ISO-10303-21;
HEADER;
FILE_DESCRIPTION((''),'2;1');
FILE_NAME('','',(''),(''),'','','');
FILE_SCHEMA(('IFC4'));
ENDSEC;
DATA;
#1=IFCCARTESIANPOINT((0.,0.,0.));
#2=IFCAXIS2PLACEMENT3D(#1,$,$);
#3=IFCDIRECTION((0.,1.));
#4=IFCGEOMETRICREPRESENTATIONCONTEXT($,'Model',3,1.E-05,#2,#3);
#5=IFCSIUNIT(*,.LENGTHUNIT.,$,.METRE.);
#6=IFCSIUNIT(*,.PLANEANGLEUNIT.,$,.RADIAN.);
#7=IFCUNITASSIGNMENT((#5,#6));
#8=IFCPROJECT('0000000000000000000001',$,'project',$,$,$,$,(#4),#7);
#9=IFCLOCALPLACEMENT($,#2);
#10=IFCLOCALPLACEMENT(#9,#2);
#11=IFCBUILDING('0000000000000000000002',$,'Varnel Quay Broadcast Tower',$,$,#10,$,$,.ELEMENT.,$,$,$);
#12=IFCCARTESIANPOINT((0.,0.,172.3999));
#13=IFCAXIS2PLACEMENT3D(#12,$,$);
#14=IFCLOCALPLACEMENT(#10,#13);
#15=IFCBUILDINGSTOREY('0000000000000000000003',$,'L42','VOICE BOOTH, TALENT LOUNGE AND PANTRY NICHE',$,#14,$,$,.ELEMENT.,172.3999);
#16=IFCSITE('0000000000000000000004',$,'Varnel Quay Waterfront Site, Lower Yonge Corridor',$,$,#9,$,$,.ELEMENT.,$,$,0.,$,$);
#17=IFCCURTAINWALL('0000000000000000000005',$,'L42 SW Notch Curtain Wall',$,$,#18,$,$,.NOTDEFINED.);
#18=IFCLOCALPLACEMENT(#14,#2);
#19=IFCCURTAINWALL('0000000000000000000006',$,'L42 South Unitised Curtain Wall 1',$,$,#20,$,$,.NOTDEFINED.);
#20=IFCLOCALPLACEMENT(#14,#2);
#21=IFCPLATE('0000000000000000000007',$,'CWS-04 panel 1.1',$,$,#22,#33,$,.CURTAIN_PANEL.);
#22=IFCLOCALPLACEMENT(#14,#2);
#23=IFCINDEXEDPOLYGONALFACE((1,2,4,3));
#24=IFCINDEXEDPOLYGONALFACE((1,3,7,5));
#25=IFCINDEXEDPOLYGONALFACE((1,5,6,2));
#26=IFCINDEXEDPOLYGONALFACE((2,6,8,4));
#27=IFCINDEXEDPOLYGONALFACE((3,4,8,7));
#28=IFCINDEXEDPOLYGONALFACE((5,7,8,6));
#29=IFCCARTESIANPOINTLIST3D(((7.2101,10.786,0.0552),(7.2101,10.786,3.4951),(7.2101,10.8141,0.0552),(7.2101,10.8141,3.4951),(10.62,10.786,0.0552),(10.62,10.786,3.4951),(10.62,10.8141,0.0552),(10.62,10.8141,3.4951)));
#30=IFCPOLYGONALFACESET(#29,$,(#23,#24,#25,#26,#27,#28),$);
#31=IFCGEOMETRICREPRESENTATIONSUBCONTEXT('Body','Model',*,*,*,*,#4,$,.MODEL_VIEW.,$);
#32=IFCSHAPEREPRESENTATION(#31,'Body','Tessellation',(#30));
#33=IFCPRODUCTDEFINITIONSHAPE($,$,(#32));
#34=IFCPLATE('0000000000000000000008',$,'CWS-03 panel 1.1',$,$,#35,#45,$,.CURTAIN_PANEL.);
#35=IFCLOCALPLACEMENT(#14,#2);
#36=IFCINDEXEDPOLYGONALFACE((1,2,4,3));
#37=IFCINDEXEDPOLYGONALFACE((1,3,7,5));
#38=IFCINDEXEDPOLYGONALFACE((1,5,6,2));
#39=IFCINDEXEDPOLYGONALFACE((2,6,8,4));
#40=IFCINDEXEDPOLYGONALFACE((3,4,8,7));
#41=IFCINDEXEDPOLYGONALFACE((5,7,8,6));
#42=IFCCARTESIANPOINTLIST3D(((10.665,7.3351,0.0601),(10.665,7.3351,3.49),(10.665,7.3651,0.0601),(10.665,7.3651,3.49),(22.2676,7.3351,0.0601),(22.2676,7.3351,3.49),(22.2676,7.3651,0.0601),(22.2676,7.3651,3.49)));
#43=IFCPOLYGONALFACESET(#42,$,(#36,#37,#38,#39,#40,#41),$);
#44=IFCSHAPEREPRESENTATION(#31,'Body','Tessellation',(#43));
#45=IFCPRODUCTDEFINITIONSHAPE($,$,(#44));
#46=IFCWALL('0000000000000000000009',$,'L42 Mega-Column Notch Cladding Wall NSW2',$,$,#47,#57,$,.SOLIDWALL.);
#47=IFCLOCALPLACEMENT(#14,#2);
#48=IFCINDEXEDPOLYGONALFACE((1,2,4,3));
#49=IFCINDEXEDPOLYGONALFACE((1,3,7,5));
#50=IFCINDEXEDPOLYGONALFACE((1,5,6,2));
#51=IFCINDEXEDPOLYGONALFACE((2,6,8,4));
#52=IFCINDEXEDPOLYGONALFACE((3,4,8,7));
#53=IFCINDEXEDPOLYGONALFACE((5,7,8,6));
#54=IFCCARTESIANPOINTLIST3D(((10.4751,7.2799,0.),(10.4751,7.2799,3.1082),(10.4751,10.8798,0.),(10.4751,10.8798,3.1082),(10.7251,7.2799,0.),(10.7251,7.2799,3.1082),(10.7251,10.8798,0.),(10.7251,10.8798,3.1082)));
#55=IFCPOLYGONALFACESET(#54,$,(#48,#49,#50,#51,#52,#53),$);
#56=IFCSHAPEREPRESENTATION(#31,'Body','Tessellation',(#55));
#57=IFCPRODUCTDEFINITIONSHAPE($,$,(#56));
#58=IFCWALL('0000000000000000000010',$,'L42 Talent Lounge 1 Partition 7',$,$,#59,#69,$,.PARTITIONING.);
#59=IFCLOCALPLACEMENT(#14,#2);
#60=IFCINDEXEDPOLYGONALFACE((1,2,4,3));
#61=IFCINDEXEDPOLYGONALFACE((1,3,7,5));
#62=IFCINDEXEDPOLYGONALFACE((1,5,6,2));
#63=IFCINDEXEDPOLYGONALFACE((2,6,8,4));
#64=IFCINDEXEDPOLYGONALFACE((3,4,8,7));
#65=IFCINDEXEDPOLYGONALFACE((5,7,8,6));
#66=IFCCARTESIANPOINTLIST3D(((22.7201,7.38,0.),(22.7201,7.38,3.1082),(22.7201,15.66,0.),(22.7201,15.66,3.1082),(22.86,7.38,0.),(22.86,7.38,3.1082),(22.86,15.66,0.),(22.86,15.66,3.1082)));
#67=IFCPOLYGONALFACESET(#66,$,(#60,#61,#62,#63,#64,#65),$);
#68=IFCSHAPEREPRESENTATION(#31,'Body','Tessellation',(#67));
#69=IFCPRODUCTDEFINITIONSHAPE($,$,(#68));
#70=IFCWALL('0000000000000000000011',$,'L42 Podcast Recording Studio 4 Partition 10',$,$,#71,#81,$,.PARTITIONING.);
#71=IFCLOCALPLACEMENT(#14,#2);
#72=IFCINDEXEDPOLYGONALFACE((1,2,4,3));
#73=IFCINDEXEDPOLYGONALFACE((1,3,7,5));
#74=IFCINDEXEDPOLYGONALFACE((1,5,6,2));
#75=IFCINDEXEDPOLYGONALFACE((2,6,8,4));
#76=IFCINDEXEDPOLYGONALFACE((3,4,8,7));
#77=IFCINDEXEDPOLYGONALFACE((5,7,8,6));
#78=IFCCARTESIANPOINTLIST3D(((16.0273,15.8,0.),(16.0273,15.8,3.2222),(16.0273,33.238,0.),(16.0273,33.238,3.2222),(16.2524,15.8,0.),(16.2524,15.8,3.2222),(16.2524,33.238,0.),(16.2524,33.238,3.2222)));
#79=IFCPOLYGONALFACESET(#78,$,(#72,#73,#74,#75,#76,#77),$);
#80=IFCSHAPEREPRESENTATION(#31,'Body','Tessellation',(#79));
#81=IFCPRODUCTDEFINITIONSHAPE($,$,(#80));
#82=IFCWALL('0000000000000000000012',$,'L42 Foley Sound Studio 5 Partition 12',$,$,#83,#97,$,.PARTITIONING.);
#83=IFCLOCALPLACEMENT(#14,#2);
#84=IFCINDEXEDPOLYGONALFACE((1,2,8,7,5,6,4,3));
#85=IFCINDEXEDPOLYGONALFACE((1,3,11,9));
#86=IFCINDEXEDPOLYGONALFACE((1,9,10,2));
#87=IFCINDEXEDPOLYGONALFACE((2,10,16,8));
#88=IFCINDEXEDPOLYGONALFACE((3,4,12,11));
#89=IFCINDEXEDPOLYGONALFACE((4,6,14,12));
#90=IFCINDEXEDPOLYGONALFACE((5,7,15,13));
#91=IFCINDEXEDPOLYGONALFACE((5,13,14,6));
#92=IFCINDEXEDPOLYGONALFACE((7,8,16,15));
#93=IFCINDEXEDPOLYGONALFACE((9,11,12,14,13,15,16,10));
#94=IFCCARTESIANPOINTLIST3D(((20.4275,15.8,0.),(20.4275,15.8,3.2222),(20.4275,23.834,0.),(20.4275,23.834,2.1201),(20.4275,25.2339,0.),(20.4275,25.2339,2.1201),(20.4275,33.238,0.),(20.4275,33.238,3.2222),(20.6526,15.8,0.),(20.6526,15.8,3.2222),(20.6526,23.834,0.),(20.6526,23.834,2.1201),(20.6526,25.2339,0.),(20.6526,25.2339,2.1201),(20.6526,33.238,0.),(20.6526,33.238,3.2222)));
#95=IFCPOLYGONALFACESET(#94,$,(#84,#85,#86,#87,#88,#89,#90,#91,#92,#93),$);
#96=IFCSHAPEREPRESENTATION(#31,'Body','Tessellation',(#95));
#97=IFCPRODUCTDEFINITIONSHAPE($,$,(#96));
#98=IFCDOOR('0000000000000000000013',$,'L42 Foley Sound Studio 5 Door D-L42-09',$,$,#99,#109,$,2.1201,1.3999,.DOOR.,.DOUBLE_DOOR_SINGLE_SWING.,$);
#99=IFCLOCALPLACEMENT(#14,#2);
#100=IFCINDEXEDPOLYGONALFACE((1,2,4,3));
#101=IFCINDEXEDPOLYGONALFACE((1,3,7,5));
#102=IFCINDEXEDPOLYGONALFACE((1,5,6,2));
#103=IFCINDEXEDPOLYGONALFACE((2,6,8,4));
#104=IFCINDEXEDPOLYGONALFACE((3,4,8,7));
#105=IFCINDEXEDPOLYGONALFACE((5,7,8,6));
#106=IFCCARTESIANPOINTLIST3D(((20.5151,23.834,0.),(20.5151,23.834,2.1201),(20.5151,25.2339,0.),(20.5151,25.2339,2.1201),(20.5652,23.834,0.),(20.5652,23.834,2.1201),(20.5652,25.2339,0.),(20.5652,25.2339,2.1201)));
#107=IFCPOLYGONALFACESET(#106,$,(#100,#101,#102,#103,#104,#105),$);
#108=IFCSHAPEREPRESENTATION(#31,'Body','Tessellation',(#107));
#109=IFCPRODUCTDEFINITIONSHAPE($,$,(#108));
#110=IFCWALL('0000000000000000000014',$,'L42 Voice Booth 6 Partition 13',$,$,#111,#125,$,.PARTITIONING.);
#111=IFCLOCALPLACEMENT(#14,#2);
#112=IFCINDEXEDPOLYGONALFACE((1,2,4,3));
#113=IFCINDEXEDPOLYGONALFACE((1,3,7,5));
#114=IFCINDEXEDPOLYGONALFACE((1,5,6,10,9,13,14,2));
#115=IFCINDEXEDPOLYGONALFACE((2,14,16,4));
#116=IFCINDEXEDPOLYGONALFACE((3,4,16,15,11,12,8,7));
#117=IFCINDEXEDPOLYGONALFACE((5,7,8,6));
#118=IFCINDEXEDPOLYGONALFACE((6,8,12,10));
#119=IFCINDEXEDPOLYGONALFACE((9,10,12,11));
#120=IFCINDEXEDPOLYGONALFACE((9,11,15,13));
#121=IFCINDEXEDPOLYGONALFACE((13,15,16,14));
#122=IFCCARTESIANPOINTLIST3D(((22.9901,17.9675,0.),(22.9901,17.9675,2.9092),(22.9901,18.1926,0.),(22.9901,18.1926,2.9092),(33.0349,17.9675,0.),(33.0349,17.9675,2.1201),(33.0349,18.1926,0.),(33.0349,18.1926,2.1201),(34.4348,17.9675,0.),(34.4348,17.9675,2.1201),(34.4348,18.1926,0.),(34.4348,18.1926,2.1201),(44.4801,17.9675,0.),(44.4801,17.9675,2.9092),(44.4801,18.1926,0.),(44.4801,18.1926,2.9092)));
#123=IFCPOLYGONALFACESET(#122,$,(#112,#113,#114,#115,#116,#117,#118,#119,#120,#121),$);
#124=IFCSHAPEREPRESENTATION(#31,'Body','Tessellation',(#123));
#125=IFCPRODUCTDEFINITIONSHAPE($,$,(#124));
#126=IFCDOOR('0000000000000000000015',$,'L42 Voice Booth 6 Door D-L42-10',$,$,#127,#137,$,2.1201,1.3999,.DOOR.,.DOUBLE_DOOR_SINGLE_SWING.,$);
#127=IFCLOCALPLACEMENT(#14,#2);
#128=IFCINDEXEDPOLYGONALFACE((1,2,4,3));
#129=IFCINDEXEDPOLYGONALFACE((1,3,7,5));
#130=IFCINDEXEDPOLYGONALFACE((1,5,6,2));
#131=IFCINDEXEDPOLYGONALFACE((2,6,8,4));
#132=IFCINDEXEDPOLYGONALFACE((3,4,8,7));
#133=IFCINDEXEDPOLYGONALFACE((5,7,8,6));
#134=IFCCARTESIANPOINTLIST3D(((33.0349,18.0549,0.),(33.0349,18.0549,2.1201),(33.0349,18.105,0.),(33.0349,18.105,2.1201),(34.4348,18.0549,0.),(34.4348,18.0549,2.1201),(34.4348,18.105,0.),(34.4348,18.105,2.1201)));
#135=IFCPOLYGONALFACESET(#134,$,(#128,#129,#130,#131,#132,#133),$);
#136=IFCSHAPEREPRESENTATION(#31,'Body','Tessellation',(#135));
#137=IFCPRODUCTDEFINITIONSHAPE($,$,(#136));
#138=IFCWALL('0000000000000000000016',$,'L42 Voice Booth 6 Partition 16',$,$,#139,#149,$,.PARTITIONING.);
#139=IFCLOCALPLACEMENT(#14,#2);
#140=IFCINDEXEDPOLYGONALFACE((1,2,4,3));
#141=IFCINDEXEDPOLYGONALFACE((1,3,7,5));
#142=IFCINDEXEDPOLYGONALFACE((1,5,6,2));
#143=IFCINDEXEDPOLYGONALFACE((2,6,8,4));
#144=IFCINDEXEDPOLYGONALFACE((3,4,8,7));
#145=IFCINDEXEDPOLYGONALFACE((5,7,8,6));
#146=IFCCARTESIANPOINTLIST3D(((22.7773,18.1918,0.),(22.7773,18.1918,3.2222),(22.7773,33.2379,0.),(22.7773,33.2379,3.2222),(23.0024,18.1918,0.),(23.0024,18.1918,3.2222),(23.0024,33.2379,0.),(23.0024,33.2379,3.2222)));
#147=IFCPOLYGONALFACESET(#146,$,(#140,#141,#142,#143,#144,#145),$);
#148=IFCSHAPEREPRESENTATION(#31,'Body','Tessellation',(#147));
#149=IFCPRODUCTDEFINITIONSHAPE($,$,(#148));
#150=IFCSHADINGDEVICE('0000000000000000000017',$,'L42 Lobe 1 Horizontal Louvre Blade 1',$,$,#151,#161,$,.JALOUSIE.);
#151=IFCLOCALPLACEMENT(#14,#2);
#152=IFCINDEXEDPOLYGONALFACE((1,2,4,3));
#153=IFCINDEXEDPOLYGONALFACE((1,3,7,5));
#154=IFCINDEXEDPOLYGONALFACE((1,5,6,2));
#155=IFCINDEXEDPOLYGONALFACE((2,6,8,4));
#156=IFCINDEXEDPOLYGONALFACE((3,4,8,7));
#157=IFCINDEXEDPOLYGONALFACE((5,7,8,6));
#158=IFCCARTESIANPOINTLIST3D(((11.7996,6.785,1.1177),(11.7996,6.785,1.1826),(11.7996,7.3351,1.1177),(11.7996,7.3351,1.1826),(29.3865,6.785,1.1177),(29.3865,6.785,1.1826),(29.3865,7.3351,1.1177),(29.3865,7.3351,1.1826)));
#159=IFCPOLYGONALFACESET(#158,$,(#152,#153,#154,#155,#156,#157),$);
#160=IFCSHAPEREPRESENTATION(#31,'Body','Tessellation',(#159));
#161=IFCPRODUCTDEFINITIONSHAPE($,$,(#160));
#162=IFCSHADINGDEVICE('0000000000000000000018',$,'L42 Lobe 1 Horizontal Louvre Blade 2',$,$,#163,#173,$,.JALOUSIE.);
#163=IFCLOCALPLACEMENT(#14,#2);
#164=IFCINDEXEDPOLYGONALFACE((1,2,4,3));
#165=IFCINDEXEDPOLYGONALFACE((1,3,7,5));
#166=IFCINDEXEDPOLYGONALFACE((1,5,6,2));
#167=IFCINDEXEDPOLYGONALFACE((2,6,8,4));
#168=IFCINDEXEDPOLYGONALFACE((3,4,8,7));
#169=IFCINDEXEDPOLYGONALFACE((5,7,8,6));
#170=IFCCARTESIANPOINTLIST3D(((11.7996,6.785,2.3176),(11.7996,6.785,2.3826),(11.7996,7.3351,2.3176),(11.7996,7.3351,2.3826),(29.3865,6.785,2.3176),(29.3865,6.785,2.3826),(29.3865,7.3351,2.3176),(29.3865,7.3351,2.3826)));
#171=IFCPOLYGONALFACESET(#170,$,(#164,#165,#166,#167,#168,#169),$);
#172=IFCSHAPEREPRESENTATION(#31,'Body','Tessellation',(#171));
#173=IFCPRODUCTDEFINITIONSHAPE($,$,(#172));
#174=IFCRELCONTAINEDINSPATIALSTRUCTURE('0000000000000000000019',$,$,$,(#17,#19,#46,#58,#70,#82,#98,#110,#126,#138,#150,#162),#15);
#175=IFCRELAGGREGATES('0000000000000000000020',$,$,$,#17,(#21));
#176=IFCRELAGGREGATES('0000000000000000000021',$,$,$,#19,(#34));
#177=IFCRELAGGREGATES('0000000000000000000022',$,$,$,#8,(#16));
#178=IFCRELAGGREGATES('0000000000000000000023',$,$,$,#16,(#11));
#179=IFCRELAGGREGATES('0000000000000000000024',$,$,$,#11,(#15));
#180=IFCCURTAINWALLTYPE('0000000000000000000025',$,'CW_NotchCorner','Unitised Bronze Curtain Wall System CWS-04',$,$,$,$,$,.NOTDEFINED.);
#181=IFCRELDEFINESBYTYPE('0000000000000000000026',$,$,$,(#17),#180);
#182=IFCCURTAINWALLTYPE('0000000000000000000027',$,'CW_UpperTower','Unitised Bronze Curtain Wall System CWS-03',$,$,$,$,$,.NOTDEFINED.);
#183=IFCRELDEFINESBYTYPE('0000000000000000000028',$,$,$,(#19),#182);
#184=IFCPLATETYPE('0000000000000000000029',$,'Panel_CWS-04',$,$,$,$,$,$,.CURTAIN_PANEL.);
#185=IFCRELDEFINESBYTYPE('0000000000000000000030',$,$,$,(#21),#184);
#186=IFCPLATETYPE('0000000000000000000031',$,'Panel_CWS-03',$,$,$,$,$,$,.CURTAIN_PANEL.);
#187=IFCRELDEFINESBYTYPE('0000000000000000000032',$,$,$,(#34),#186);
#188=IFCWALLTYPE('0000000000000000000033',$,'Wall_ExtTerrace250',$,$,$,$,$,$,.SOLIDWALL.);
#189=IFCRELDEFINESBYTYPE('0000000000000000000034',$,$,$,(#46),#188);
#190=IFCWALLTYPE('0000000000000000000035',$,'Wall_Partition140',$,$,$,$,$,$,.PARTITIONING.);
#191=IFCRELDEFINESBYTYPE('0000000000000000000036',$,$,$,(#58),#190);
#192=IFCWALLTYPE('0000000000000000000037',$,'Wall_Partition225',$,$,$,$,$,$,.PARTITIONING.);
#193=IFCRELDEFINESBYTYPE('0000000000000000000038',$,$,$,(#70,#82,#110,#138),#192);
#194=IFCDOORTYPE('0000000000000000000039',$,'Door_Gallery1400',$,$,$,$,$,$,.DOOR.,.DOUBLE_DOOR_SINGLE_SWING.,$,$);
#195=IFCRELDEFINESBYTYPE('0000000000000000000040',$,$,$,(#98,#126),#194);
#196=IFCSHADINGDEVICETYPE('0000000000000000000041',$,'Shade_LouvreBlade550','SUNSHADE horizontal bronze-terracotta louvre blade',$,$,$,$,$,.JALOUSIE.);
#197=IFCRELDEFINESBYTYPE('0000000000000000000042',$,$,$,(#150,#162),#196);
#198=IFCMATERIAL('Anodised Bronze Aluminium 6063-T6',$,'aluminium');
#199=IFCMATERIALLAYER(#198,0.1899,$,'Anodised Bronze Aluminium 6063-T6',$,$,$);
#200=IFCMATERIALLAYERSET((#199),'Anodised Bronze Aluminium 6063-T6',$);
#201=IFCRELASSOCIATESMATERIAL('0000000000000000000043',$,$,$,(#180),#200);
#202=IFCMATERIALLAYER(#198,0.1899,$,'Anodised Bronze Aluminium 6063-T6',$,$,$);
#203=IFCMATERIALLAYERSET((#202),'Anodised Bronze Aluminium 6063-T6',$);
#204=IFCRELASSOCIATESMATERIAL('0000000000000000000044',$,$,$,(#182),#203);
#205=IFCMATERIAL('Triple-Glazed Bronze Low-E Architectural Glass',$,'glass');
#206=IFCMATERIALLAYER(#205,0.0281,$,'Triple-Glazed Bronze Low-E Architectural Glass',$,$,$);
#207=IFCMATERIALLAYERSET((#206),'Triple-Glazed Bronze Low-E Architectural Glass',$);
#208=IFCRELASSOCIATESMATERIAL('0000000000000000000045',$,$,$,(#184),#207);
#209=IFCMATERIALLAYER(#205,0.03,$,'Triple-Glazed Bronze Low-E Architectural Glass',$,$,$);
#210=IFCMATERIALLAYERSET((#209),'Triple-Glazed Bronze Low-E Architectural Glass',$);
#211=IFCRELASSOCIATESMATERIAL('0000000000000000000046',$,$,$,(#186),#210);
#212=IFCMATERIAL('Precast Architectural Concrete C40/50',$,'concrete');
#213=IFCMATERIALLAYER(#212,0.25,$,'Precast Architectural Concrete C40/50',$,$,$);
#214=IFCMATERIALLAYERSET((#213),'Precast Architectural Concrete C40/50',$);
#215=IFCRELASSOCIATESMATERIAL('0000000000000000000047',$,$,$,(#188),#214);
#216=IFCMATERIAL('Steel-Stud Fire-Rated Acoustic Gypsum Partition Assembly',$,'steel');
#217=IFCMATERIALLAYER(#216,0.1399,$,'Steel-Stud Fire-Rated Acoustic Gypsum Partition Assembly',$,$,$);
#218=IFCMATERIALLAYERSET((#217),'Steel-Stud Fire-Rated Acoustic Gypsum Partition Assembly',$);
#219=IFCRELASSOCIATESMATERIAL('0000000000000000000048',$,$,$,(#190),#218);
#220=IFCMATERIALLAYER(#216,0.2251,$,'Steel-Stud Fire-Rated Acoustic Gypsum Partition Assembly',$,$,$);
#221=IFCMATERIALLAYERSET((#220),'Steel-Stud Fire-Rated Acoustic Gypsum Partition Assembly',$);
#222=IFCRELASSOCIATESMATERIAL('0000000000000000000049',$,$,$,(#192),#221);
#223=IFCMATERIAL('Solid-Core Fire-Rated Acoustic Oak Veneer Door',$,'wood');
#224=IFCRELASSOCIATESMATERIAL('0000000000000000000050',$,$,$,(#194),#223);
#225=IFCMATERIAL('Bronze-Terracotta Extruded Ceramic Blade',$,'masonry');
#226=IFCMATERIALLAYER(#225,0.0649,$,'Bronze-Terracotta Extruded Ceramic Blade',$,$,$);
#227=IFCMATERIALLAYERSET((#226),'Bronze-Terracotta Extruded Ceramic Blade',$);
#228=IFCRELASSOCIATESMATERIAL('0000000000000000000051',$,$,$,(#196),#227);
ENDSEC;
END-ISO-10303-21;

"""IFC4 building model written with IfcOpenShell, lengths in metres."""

from ifc_helpers import new_model, si_unit, direction, frame, frame_2d, origin, origin_2d, place, context, subcontext, project, spatial, rectangle, extrude, source, transform, mapped, material, layer, layer_set, type_object, type_shapes, element, fill, aggregate, save


model = new_model("IFC4")

# Units and contexts
model_context = context("Model", 3, precision=1e-05, world=origin(), true_north=direction((0.0, 1.0)))
body_context = subcontext(model_context, "Body", "Model", "MODEL_VIEW")
ifc_project = project(units=[si_unit("LENGTHUNIT", "METRE"), si_unit("PLANEANGLEUNIT", "RADIAN")], contexts=[model_context])

# Site, building, storey
site_placement = place(None, origin())
site = spatial("IfcSite", under=ifc_project, at=site_placement, Name="Varnel Quay Waterfront Site, Lower Yonge Corridor", CompositionType="ELEMENT", RefElevation=0.0)
building_placement = place(site_placement, origin())
building = spatial("IfcBuilding", under=site, at=building_placement, Name="Varnel Quay Broadcast Tower", CompositionType="ELEMENT")
storey_placement = place(building_placement, frame((0.0, 0.0, 172.3999)))
storey = spatial("IfcBuildingStorey", under=building, at=storey_placement, Name="L42", Description="VOICE BOOTH, TALENT LOUNGE AND PANTRY NICHE", CompositionType="ELEMENT", Elevation=172.3999)

# Curtain wall
ifc_material_1 = material(Name="Anodised Bronze Aluminium 6063-T6", Category="aluminium")
ifc_layer_1 = layer(ifc_material_1, 0.1899, Name="Anodised Bronze Aluminium 6063-T6")
ifc_layer_set_1 = layer_set([ifc_layer_1], Name="Anodised Bronze Aluminium 6063-T6")
curtain_wall_type_1 = type_object("IfcCurtainWallType", Name="CW_NotchCorner", Description="Unitised Bronze Curtain Wall System CWS-04", PredefinedType="NOTDEFINED", material=ifc_layer_set_1)
curtain_wall_1_placement = place(storey_placement, origin())
curtain_wall_1 = element("IfcCurtainWall", 1, at=curtain_wall_1_placement, inside=storey, type_object=curtain_wall_type_1, Name="L42 SW Notch Curtain Wall", PredefinedType="NOTDEFINED")

# Curtain wall
ifc_layer_2 = layer(ifc_material_1, 0.1899, Name="Anodised Bronze Aluminium 6063-T6")
ifc_layer_set_2 = layer_set([ifc_layer_2], Name="Anodised Bronze Aluminium 6063-T6")
curtain_wall_type_2 = type_object("IfcCurtainWallType", Name="CW_UpperTower", Description="Unitised Bronze Curtain Wall System CWS-03", PredefinedType="NOTDEFINED", material=ifc_layer_set_2)
curtain_wall_2_placement = place(storey_placement, origin())
curtain_wall_2 = element("IfcCurtainWall", 2, at=curtain_wall_2_placement, inside=storey, type_object=curtain_wall_type_2, Name="L42 South Unitised Curtain Wall 1", PredefinedType="NOTDEFINED")

# Plates
ifc_material_2 = material(Name="Triple-Glazed Bronze Low-E Architectural Glass", Category="glass")
ifc_layer_3 = layer(ifc_material_2, 0.0281, Name="Triple-Glazed Bronze Low-E Architectural Glass")
ifc_layer_set_3 = layer_set([ifc_layer_3], Name="Triple-Glazed Bronze Low-E Architectural Glass")
plate_type_1 = type_object("IfcPlateType", Name="Panel_CWS-04", PredefinedType="CURTAIN_PANEL", material=ifc_layer_set_3)
shared_shape_1 = source(origin(), body_context, "Body", "SweptSolid", [
    extrude(rectangle(XDim=3.4099, YDim=0.0281, at=origin_2d()), origin(), (0.0, 0.0, 1.0), 3.4399),
])
type_shapes(plate_type_1, [shared_shape_1])
plate_1_placement = place(storey_placement, frame((8.915, 10.8, 0.0552), z_axis=(0.0, 0.0, 1.0), x_axis=(1.0, 0.0, 0.0)))
plate_1 = element("IfcPlate", 3, at=plate_1_placement, type_object=plate_type_1, Name="CWS-04 panel 1.1", PredefinedType="CURTAIN_PANEL", context=body_context, shape_type="MappedRepresentation", body=[
    mapped(shared_shape_1, transform((0.0, 0.0, 0.0), x_axis=(1.0, 0.0, 0.0), y_axis=(0.0, 1.0, 0.0), z_axis=(0.0, 0.0, 1.0), scale=1.0)),
])
aggregate(curtain_wall_1, [plate_1])
ifc_layer_4 = layer(ifc_material_2, 0.03, Name="Triple-Glazed Bronze Low-E Architectural Glass")
ifc_layer_set_4 = layer_set([ifc_layer_4], Name="Triple-Glazed Bronze Low-E Architectural Glass")
plate_type_2 = type_object("IfcPlateType", Name="Panel_CWS-03", PredefinedType="CURTAIN_PANEL", material=ifc_layer_set_4)
shared_shape_2 = source(origin(), body_context, "Body", "SweptSolid", [
    extrude(rectangle(XDim=11.6025, YDim=0.03, at=origin_2d()), origin(), (0.0, 0.0, 1.0), 3.4299),
])
type_shapes(plate_type_2, [shared_shape_2])
plate_2_placement = place(storey_placement, frame((16.4663, 7.3501, 0.0601), z_axis=(0.0, 0.0, 1.0), x_axis=(1.0, 0.0, 0.0)))
plate_2 = element("IfcPlate", 4, at=plate_2_placement, type_object=plate_type_2, Name="CWS-03 panel 1.1", PredefinedType="CURTAIN_PANEL", context=body_context, shape_type="MappedRepresentation", body=[
    mapped(shared_shape_2, transform((0.0, 0.0, 0.0), x_axis=(1.0, 0.0, 0.0), y_axis=(0.0, 1.0, 0.0), z_axis=(0.0, 0.0, 1.0), scale=1.0)),
])
aggregate(curtain_wall_2, [plate_2])

# Walls
ifc_material_3 = material(Name="Precast Architectural Concrete C40/50", Category="concrete")
ifc_layer_5 = layer(ifc_material_3, 0.25, Name="Precast Architectural Concrete C40/50")
ifc_layer_set_5 = layer_set([ifc_layer_5], Name="Precast Architectural Concrete C40/50")
wall_type_1 = type_object("IfcWallType", Name="Wall_ExtTerrace250", PredefinedType="SOLIDWALL", material=ifc_layer_set_5)
wall_1_placement = place(storey_placement, frame((10.6001, 7.28, 0.0), z_axis=(0.0, 0.0, 1.0), x_axis=(0.0, 1.0, 0.0)))
element("IfcWall", 5, at=wall_1_placement, inside=storey, type_object=wall_type_1, Name="L42 Mega-Column Notch Cladding Wall NSW2", PredefinedType="SOLIDWALL", context=body_context, shape_type="SweptSolid", body=[
    extrude(rectangle(XDim=3.5999, YDim=0.25, at=frame_2d((1.7998, 0.0))), origin(), (0.0, 0.0, 1.0), 3.1082),
])
ifc_material_4 = material(Name="Steel-Stud Fire-Rated Acoustic Gypsum Partition Assembly", Category="steel")
ifc_layer_6 = layer(ifc_material_4, 0.1399, Name="Steel-Stud Fire-Rated Acoustic Gypsum Partition Assembly")
ifc_layer_set_6 = layer_set([ifc_layer_6], Name="Steel-Stud Fire-Rated Acoustic Gypsum Partition Assembly")
wall_type_2 = type_object("IfcWallType", Name="Wall_Partition140", PredefinedType="PARTITIONING", material=ifc_layer_set_6)
wall_2_placement = place(storey_placement, frame((22.79, 7.3799, 0.0), z_axis=(0.0, 0.0, 1.0), x_axis=(0.0, 1.0, 0.0)))
element("IfcWall", 6, at=wall_2_placement, inside=storey, type_object=wall_type_2, Name="L42 Talent Lounge 1 Partition 7", PredefinedType="PARTITIONING", context=body_context, shape_type="SweptSolid", body=[
    extrude(rectangle(XDim=8.28, YDim=0.1399, at=frame_2d((4.1401, 0.0))), origin(), (0.0, 0.0, 1.0), 3.1082),
])
ifc_layer_7 = layer(ifc_material_4, 0.2251, Name="Steel-Stud Fire-Rated Acoustic Gypsum Partition Assembly")
ifc_layer_set_7 = layer_set([ifc_layer_7], Name="Steel-Stud Fire-Rated Acoustic Gypsum Partition Assembly")
wall_type_3 = type_object("IfcWallType", Name="Wall_Partition225", PredefinedType="PARTITIONING", material=ifc_layer_set_7)
wall_3_placement = place(storey_placement, frame((16.1399, 15.8, 0.0), z_axis=(0.0, 0.0, 1.0), x_axis=(0.0, 1.0, 0.0)))
element("IfcWall", 7, at=wall_3_placement, inside=storey, type_object=wall_type_3, Name="L42 Podcast Recording Studio 4 Partition 10", PredefinedType="PARTITIONING", context=body_context, shape_type="SweptSolid", body=[
    extrude(rectangle(XDim=17.438, YDim=0.2251, at=frame_2d((8.719, 0.0))), origin(), (0.0, 0.0, 1.0), 3.2222),
])

# Walls, openings, doors
wall_4_placement = place(storey_placement, frame((20.54, 15.8, 0.0), z_axis=(0.0, 0.0, 1.0), x_axis=(0.0, 1.0, 0.0)))
wall_4 = element("IfcWall", 8, at=wall_4_placement, inside=storey, type_object=wall_type_3, Name="L42 Foley Sound Studio 5 Partition 12", PredefinedType="PARTITIONING", context=body_context, shape_type="SweptSolid", body=[
    extrude(rectangle(XDim=17.438, YDim=0.2251, at=frame_2d((8.719, 0.0))), origin(), (0.0, 0.0, 1.0), 3.2222),
])
opening_1_placement = place(wall_4_placement, frame((8.0339, 0.0, 0.0)))
opening_1 = element("IfcOpeningElement", 9, at=opening_1_placement, cuts=wall_4, PredefinedType="OPENING", context=body_context, shape_type="SweptSolid", body=[
    extrude(rectangle(XDim=1.3999, YDim=2.1201, at=frame_2d((0.7, 1.0601))), frame((0.0, 0.1226, 0.0), z_axis=(0.0, -1.0, 0.0), x_axis=(1.0, 0.0, 0.0)), (0.0, 0.0, 1.0), 0.2451),
])
ifc_material_5 = material(Name="Solid-Core Fire-Rated Acoustic Oak Veneer Door", Category="wood")
door_type = type_object("IfcDoorType", Name="Door_Gallery1400", OperationType="DOUBLE_DOOR_SINGLE_SWING", PredefinedType="DOOR", material=ifc_material_5)
shared_shape_3 = source(origin(), body_context, "Body", "SweptSolid", [
    extrude(rectangle(XDim=1.3999, YDim=2.1201, at=frame_2d((0.7, 1.0601))), frame((0.0, 0.0249, 0.0), z_axis=(0.0, -1.0, 0.0), x_axis=(1.0, 0.0, 0.0)), (0.0, 0.0, 1.0), 0.05),
])
type_shapes(door_type, [shared_shape_3])
door_1_placement = place(opening_1_placement, origin())
door_1 = element("IfcDoor", 10, at=door_1_placement, inside=storey, type_object=door_type, Name="L42 Foley Sound Studio 5 Door D-L42-09", OperationType="DOUBLE_DOOR_SINGLE_SWING", OverallHeight=2.1201, OverallWidth=1.3999, PredefinedType="DOOR", context=body_context, shape_type="MappedRepresentation", body=[
    mapped(shared_shape_3, transform((0.0, 0.0, 0.0), x_axis=(1.0, 0.0, 0.0), y_axis=(0.0, 1.0, 0.0), z_axis=(0.0, 0.0, 1.0), scale=1.0)),
])
fill(opening_1, door_1)
wall_5_placement = place(storey_placement, frame((22.99, 18.0801, 0.0), z_axis=(0.0, 0.0, 1.0), x_axis=(1.0, 0.0, 0.0)))
wall_5 = element("IfcWall", 11, at=wall_5_placement, inside=storey, type_object=wall_type_3, Name="L42 Voice Booth 6 Partition 13", PredefinedType="PARTITIONING", context=body_context, shape_type="SweptSolid", body=[
    extrude(rectangle(XDim=21.49, YDim=0.2251, at=frame_2d((10.7451, 0.0))), origin(), (0.0, 0.0, 1.0), 2.9092),
])
opening_2_placement = place(wall_5_placement, frame((10.0449, 0.0, 0.0)))
opening_2 = element("IfcOpeningElement", 12, at=opening_2_placement, cuts=wall_5, PredefinedType="OPENING", context=body_context, shape_type="SweptSolid", body=[
    extrude(rectangle(XDim=1.3999, YDim=2.1201, at=frame_2d((0.7, 1.0601))), frame((0.0, 0.1226, 0.0), z_axis=(0.0, -1.0, 0.0), x_axis=(1.0, 0.0, 0.0)), (0.0, 0.0, 1.0), 0.2451),
])
door_2_placement = place(opening_2_placement, origin())
door_2 = element("IfcDoor", 13, at=door_2_placement, inside=storey, type_object=door_type, Name="L42 Voice Booth 6 Door D-L42-10", OperationType="DOUBLE_DOOR_SINGLE_SWING", OverallHeight=2.1201, OverallWidth=1.3999, PredefinedType="DOOR", context=body_context, shape_type="MappedRepresentation", body=[
    mapped(shared_shape_3, transform((0.0, 0.0, 0.0), x_axis=(1.0, 0.0, 0.0), y_axis=(0.0, 1.0, 0.0), z_axis=(0.0, 0.0, 1.0), scale=1.0)),
])
fill(opening_2, door_2)

# Wall
wall_6_placement = place(storey_placement, frame((22.8899, 18.1919, 0.0), z_axis=(0.0, 0.0, 1.0), x_axis=(0.0, 1.0, 0.0)))
element("IfcWall", 14, at=wall_6_placement, inside=storey, type_object=wall_type_3, Name="L42 Voice Booth 6 Partition 16", PredefinedType="PARTITIONING", context=body_context, shape_type="SweptSolid", body=[
    extrude(rectangle(XDim=15.0461, YDim=0.2251, at=frame_2d((7.5229, 0.0))), origin(), (0.0, 0.0, 1.0), 3.2222),
])

# Shading devices
ifc_material_6 = material(Name="Bronze-Terracotta Extruded Ceramic Blade", Category="masonry")
ifc_layer_8 = layer(ifc_material_6, 0.0649, Name="Bronze-Terracotta Extruded Ceramic Blade")
ifc_layer_set_8 = layer_set([ifc_layer_8], Name="Bronze-Terracotta Extruded Ceramic Blade")
shading_device_type = type_object("IfcShadingDeviceType", Name="Shade_LouvreBlade550", Description="SUNSHADE horizontal bronze-terracotta louvre blade", PredefinedType="JALOUSIE", material=ifc_layer_set_8)
shared_shape_4 = source(origin(), body_context, "Body", "SweptSolid", [
    extrude(rectangle(XDim=17.5869, YDim=0.55, at=origin_2d()), origin(), (0.0, 0.0, 1.0), 0.0649),
])
type_shapes(shading_device_type, [shared_shape_4])
for number, where, z_axis, x_axis, name in (
    (15, (20.593, 7.0601, 1.1177), (0.0, 0.0, 1.0), (1.0, 0.0, 0.0), "L42 Lobe 1 Horizontal Louvre Blade 1"),
    (16, (20.593, 7.0601, 2.3176), (0.0, 0.0, 1.0), (1.0, 0.0, 0.0), "L42 Lobe 1 Horizontal Louvre Blade 2"),
):
    element("IfcShadingDevice", number, at=place(storey_placement, frame(where, z_axis=z_axis, x_axis=x_axis)), inside=storey, type_object=shading_device_type, Name=name, PredefinedType="JALOUSIE", context=body_context, shape_type="MappedRepresentation", body=[
        mapped(shared_shape_4, transform((0.0, 0.0, 0.0), x_axis=(1.0, 0.0, 0.0), y_axis=(0.0, 1.0, 0.0), z_axis=(0.0, 0.0, 1.0), scale=1.0)),
    ])

save(model, "model.ifc")
